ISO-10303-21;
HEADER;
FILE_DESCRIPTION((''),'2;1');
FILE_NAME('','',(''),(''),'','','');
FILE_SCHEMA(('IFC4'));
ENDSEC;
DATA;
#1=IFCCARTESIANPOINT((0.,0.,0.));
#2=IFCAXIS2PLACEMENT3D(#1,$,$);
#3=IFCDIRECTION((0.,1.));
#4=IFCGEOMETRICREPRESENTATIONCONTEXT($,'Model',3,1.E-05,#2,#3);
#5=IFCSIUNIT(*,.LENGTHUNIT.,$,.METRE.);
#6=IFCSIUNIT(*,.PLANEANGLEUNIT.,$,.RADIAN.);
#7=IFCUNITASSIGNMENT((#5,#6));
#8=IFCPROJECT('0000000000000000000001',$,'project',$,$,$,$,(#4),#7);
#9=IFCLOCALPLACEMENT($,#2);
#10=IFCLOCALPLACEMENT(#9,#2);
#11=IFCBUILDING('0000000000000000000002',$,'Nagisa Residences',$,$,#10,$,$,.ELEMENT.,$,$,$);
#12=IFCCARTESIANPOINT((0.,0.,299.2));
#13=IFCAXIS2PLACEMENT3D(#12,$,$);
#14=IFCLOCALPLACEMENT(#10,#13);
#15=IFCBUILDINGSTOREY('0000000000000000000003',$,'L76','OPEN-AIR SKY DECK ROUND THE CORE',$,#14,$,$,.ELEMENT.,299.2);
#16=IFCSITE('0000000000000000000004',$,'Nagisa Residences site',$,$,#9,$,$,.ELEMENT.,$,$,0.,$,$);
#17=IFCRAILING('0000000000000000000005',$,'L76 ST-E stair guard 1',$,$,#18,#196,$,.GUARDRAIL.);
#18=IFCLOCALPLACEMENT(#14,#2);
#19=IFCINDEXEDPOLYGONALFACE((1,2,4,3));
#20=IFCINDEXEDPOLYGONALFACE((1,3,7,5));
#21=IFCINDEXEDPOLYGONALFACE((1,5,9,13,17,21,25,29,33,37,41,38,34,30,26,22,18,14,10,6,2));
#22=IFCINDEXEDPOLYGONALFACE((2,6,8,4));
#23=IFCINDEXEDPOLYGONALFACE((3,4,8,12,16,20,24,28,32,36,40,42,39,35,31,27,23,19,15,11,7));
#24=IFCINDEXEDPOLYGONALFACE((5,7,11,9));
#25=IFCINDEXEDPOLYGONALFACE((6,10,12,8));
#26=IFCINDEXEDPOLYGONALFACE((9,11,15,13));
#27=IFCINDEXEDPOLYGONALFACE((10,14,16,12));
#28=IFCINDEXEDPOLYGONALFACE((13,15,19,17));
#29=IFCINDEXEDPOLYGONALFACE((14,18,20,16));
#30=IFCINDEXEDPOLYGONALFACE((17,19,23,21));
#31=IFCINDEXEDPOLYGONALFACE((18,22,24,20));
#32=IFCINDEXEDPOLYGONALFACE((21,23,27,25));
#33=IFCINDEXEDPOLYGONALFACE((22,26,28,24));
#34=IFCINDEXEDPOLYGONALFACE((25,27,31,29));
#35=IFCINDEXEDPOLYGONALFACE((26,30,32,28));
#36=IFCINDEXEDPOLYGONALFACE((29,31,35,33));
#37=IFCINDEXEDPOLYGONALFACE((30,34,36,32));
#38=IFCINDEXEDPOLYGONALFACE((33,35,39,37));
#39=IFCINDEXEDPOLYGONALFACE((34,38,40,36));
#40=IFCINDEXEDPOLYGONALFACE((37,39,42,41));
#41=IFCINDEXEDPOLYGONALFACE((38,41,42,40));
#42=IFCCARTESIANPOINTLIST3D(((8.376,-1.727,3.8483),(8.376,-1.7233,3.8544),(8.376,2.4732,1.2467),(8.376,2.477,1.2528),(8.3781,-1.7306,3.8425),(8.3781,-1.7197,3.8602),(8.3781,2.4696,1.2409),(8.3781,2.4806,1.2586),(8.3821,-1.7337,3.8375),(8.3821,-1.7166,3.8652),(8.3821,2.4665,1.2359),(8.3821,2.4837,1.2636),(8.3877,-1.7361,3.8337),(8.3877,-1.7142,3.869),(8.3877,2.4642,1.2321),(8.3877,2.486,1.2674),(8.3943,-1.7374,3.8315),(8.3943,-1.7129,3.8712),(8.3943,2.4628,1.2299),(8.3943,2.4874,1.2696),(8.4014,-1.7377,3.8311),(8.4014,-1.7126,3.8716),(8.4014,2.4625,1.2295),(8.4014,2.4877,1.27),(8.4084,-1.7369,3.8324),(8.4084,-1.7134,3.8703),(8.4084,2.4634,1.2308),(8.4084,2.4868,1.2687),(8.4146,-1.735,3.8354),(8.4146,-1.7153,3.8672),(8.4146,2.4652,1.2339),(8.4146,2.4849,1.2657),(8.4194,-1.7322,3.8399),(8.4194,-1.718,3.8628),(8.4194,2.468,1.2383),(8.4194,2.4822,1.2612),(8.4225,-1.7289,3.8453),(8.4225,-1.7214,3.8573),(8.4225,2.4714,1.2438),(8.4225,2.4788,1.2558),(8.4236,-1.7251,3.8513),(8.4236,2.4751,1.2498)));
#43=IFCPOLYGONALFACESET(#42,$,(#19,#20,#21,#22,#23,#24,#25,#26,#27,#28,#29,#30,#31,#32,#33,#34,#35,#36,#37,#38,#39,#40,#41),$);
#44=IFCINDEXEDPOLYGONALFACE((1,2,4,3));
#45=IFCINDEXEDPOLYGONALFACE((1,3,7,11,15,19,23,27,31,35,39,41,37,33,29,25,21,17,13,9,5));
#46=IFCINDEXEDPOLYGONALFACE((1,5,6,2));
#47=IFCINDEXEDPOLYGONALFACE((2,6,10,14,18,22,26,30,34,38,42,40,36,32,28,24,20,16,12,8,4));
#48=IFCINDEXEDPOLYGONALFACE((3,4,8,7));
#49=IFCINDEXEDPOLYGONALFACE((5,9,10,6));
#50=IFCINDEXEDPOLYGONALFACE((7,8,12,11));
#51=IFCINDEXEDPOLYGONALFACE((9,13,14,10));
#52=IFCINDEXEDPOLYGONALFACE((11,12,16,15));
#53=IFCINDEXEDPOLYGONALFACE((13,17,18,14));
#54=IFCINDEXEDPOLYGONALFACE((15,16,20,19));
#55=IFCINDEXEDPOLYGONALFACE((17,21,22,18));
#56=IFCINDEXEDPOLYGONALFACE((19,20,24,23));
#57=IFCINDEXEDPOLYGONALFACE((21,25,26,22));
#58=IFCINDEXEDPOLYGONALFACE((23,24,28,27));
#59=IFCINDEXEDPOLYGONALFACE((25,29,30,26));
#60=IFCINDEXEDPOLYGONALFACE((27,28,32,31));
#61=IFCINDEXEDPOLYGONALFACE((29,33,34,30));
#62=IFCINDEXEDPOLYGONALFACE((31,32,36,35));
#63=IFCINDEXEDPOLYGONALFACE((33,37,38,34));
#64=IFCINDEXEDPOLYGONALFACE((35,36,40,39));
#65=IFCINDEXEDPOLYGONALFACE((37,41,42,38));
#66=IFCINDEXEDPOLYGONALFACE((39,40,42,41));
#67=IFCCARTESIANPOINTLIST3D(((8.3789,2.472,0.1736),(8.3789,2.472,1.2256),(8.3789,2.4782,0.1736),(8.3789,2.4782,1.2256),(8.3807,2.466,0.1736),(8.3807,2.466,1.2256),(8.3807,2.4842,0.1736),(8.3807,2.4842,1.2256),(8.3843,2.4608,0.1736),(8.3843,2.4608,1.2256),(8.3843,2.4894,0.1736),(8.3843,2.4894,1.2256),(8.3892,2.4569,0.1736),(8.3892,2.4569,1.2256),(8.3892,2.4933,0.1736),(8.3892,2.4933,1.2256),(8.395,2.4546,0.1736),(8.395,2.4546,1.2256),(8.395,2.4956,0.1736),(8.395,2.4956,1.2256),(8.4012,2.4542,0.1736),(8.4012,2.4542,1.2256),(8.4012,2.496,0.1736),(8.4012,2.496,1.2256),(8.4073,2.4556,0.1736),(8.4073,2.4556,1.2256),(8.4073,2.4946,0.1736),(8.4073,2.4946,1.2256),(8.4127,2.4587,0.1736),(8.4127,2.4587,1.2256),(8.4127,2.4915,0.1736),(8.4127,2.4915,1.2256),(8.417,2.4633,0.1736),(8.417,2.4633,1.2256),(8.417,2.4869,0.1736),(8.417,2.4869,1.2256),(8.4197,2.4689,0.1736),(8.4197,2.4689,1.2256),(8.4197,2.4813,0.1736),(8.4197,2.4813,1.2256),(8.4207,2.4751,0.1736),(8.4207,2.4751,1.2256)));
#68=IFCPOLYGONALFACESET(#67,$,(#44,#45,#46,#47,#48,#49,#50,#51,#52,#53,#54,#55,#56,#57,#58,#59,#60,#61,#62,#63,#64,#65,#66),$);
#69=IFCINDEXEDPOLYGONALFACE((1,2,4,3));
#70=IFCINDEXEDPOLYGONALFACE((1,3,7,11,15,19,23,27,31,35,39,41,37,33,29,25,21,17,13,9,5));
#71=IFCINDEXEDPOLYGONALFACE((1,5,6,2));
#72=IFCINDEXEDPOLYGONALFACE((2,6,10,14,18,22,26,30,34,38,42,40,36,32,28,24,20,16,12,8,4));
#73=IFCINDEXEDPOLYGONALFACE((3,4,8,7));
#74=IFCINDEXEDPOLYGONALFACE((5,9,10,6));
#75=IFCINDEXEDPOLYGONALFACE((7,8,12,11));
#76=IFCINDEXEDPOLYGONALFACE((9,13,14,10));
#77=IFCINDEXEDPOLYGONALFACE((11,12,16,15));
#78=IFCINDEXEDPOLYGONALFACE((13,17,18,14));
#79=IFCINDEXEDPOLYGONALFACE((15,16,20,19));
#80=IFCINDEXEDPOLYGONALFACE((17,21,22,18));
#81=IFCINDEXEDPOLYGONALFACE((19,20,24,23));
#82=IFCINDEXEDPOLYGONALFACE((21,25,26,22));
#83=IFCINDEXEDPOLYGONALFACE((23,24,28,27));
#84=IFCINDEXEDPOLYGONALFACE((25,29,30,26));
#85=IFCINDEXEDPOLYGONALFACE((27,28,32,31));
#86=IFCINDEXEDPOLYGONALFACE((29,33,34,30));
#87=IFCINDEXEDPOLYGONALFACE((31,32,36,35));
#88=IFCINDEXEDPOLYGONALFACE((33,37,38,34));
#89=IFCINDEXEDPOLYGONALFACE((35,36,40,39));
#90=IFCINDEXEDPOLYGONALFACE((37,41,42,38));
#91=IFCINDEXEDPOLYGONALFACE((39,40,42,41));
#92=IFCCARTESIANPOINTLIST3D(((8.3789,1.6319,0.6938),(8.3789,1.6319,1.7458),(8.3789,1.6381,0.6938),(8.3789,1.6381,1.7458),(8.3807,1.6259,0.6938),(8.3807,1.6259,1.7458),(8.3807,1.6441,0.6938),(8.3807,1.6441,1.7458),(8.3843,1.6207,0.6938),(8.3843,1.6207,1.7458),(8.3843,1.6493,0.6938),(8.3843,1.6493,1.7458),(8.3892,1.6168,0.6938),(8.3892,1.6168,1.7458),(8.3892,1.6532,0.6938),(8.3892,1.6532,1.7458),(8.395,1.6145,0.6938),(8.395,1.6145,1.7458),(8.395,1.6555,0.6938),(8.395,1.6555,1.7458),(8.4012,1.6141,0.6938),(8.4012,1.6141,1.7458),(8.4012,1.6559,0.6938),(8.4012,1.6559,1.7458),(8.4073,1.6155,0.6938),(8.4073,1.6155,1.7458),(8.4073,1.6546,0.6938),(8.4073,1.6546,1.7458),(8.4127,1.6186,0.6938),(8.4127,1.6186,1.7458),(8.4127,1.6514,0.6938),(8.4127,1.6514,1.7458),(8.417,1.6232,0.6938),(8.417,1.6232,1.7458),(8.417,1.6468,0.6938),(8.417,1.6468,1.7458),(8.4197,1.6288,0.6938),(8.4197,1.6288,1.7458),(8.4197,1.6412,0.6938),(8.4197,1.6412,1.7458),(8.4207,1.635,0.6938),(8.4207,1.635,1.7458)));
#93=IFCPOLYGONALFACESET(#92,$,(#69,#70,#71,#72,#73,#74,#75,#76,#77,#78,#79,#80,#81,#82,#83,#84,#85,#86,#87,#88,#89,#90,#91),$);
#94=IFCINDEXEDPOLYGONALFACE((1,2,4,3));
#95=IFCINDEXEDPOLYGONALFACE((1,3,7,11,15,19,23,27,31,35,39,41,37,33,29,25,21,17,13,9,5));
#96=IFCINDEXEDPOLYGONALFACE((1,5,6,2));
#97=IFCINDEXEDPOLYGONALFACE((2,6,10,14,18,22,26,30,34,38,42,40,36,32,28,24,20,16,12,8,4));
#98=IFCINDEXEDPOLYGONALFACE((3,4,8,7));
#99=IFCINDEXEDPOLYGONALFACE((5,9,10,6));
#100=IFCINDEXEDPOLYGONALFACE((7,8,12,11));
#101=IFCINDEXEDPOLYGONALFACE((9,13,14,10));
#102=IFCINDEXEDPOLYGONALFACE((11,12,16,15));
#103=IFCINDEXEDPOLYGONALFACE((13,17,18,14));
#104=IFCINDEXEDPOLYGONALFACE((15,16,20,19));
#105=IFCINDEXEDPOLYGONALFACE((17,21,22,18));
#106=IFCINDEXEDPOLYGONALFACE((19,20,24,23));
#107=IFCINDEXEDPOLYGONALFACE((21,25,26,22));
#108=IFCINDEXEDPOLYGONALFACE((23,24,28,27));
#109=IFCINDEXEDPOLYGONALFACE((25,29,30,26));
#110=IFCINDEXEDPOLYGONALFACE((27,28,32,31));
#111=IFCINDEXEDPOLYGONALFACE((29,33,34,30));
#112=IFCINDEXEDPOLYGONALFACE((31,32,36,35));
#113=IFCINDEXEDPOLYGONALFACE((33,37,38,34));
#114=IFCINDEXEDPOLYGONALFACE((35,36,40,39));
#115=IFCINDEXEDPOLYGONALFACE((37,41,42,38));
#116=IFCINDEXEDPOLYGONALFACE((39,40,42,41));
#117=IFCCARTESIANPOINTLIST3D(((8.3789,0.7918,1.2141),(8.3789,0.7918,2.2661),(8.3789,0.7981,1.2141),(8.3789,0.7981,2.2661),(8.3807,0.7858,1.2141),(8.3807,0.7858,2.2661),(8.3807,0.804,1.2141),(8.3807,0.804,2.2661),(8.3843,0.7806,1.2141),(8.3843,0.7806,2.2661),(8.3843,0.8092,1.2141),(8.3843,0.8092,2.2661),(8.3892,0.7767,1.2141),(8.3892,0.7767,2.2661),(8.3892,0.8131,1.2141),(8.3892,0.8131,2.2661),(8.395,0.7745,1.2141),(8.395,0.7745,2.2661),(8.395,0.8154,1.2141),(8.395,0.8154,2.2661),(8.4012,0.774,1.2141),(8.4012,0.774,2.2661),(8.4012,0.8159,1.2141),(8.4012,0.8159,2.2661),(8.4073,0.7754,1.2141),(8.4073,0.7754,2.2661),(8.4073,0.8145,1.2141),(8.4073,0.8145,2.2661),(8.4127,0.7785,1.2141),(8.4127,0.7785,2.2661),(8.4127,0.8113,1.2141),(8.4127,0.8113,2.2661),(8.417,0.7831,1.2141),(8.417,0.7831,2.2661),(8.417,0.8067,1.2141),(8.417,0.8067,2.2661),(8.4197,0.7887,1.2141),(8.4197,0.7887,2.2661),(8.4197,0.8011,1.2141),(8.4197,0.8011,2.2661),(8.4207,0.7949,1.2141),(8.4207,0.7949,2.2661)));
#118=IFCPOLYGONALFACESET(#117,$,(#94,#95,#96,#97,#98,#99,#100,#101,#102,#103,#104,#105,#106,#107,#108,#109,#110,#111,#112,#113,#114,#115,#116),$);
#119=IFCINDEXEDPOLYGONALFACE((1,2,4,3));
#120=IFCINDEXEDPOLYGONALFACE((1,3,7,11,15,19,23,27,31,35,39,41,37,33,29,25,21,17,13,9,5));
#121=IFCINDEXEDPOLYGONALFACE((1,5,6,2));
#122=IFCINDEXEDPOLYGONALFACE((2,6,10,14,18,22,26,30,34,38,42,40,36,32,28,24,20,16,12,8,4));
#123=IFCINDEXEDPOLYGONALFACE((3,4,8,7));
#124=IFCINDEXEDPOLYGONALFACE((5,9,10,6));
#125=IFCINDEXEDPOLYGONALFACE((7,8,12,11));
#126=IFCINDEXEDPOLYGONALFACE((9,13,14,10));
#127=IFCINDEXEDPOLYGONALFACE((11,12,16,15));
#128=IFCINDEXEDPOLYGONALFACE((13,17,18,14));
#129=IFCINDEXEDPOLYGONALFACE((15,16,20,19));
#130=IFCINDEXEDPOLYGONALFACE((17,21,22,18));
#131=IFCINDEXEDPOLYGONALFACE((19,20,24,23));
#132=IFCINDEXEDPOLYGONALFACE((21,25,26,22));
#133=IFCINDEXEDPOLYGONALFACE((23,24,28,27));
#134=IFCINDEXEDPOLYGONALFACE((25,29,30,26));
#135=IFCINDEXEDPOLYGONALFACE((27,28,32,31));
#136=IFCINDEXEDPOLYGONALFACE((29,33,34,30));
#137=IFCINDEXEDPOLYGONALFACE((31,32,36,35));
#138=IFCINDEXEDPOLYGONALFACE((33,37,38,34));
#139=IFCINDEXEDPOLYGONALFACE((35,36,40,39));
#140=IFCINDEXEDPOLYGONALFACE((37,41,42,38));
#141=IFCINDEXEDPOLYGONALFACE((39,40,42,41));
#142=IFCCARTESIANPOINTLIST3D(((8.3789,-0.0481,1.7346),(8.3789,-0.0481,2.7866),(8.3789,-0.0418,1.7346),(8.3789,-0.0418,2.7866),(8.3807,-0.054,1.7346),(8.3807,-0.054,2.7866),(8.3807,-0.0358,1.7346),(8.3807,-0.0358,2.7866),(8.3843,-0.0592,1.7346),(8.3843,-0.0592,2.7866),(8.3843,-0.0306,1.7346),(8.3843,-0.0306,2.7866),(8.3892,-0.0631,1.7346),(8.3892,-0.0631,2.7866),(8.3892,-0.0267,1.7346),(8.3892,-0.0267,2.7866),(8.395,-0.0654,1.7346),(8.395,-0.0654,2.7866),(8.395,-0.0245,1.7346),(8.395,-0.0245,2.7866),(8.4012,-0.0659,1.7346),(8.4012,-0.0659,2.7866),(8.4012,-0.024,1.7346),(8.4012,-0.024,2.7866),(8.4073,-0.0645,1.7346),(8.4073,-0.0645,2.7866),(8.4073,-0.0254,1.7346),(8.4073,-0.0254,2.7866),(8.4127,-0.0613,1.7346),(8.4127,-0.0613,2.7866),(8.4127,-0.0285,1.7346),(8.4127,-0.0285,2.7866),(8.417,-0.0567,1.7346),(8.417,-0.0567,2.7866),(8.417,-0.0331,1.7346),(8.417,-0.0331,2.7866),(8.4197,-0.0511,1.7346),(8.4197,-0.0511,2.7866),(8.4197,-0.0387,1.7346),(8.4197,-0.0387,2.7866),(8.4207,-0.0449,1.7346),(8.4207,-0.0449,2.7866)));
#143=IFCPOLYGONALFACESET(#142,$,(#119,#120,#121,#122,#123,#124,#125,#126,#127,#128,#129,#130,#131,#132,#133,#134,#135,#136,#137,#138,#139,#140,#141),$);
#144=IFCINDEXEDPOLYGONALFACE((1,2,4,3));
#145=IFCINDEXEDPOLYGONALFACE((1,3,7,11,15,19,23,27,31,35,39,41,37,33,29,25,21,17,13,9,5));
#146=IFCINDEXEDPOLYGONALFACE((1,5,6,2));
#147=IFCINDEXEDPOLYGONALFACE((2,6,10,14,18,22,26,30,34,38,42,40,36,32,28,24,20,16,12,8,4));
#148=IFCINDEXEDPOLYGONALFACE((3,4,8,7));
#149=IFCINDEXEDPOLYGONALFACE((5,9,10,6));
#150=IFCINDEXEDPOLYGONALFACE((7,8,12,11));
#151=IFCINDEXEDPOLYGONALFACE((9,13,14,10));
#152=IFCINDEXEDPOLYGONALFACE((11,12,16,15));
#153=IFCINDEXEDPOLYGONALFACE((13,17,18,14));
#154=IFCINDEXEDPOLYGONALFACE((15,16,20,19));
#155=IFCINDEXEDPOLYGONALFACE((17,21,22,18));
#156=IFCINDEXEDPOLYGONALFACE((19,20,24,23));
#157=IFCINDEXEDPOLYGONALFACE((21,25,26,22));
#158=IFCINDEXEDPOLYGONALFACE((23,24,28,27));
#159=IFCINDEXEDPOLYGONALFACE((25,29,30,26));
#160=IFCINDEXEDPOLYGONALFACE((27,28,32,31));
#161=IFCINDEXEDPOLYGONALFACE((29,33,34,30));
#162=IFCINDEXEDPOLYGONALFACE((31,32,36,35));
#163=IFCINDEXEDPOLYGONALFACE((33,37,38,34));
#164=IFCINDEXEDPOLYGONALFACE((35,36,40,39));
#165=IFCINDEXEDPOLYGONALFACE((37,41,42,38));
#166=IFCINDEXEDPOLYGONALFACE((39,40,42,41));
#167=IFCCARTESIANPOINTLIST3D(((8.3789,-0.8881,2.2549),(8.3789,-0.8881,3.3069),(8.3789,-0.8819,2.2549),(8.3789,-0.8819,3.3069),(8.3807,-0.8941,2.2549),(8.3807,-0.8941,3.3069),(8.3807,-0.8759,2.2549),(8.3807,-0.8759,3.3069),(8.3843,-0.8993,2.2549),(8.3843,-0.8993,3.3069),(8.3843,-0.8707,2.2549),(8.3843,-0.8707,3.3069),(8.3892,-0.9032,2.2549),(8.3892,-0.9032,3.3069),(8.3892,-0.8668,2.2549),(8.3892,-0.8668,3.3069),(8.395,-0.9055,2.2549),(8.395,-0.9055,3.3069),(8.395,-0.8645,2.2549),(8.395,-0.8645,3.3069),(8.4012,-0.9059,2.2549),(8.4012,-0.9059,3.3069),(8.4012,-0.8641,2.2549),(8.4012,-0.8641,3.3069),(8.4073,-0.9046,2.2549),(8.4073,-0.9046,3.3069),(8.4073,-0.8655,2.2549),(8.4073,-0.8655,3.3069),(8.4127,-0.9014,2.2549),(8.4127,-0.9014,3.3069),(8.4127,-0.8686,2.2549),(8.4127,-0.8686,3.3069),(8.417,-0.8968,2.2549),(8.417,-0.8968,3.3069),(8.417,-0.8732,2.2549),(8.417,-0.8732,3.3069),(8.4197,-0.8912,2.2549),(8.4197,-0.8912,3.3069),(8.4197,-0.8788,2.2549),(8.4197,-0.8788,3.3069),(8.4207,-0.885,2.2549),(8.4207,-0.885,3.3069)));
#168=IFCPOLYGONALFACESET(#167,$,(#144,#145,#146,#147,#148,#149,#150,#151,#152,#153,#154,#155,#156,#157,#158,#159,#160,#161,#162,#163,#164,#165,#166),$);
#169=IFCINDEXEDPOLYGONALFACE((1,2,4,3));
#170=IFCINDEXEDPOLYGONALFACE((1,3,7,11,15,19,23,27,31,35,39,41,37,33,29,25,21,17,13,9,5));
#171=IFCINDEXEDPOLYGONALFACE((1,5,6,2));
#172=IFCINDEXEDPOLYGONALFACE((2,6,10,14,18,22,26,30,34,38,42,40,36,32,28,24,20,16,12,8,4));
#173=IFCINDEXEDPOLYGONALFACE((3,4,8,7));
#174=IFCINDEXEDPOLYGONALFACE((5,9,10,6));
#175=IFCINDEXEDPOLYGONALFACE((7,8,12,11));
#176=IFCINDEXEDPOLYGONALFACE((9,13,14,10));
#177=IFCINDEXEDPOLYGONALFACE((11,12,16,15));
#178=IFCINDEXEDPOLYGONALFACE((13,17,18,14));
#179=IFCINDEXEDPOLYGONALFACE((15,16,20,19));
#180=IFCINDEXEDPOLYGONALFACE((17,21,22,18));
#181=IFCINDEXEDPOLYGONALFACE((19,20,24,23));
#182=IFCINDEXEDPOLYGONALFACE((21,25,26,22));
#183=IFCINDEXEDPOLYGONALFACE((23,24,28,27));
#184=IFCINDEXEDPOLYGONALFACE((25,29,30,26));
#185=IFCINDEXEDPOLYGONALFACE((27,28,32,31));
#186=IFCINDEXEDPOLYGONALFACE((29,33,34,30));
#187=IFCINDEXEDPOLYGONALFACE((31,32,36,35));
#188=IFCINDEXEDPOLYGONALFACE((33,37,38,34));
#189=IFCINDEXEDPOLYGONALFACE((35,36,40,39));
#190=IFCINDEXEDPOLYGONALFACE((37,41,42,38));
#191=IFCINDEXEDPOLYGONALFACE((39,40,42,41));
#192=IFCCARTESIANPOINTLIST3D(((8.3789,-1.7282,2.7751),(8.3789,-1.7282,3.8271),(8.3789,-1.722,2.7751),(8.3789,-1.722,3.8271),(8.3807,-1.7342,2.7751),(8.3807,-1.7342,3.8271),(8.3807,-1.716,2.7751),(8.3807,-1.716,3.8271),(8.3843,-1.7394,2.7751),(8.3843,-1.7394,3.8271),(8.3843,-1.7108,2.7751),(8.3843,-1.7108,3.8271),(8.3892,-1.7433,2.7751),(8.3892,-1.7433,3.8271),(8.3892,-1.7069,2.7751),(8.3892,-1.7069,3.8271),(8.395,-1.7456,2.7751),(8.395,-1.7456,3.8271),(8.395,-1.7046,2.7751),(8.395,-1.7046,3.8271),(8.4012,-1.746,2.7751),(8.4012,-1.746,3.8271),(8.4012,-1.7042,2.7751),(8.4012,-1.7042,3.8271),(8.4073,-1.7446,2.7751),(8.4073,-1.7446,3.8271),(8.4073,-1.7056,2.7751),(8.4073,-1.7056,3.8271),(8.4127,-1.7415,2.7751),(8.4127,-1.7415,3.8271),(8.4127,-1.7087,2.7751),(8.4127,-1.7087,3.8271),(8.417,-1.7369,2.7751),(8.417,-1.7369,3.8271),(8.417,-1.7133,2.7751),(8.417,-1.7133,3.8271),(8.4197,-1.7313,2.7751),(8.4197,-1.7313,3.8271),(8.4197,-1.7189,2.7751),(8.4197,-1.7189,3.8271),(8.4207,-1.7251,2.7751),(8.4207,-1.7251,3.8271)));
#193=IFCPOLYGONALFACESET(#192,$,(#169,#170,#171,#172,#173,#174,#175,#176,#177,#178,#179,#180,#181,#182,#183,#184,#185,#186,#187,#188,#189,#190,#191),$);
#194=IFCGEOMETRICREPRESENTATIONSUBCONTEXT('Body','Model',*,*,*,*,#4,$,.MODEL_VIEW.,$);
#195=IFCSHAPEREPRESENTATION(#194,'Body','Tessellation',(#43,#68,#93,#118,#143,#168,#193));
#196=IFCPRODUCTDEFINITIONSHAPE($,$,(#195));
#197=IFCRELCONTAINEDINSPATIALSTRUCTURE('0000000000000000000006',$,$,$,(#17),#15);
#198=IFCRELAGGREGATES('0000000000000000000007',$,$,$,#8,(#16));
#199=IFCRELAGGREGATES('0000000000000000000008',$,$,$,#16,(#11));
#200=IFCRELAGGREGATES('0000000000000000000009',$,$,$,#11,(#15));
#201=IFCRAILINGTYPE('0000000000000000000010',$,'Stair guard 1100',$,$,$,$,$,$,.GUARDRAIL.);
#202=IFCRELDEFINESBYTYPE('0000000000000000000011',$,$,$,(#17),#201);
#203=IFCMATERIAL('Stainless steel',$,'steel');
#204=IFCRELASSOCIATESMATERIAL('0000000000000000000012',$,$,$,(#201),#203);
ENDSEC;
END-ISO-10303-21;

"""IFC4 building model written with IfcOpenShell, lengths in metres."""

from ifc_helpers import new_model, si_unit, direction, frame, origin, origin_2d, place, context, subcontext, project, spatial, circle, extrude, material, type_object, element, save


model = new_model("IFC4")

# Units and contexts
model_context = context("Model", 3, precision=1e-05, world=origin(), true_north=direction((0.0, 1.0)))
body_context = subcontext(model_context, "Body", "Model", "MODEL_VIEW")
ifc_project = project(units=[si_unit("LENGTHUNIT", "METRE"), si_unit("PLANEANGLEUNIT", "RADIAN")], contexts=[model_context])

# Site, building, storey
site_placement = place(None, origin())
site = spatial("IfcSite", under=ifc_project, at=site_placement, Name="Nagisa Residences site", CompositionType="ELEMENT", RefElevation=0.0)
building_placement = place(site_placement, origin())
building = spatial("IfcBuilding", under=site, at=building_placement, Name="Nagisa Residences", CompositionType="ELEMENT")
storey_placement = place(building_placement, frame((0.0, 0.0, 299.2)))
storey = spatial("IfcBuildingStorey", under=building, at=storey_placement, Name="L76", Description="OPEN-AIR SKY DECK ROUND THE CORE", CompositionType="ELEMENT", Elevation=299.2)

# Railing
ifc_material_1 = material(Name="Stainless steel", Category="steel")
railing_type_1 = type_object("IfcRailingType", Name="Stair guard 1100", PredefinedType="GUARDRAIL", material=ifc_material_1)
railing_1_placement = place(storey_placement, frame((8.3997, 2.4751, 0.1736)))
element("IfcRailing", 1, at=railing_1_placement, inside=storey, type_object=railing_type_1, Name="L76 ST-E stair guard 1", PredefinedType="GUARDRAIL", context=body_context, shape_type="SweptSolid", body=[
    extrude(circle(Radius=0.0239, at=origin_2d()), frame((0.0, 0.0, 1.0762), z_axis=(0.0, -0.850135, 0.526566), x_axis=(1.0, 0.0, 0.0)), (0.0, 0.0, 1.0), 4.9407),
    extrude(circle(Radius=0.021, at=origin_2d()), origin(), (0.0, 0.0, 1.0), 1.052),
    extrude(circle(Radius=0.021, at=origin_2d()), frame((0.0, -0.8401, 0.5203)), (0.0, 0.0, 1.0), 1.052),
    extrude(circle(Radius=0.021, at=origin_2d()), frame((0.0, -1.6802, 1.0405)), (0.0, 0.0, 1.0), 1.052),
    extrude(circle(Radius=0.021, at=origin_2d()), frame((0.0, -2.52, 1.561)), (0.0, 0.0, 1.0), 1.052),
    extrude(circle(Radius=0.021, at=origin_2d()), frame((0.0, -3.3601, 2.0813)), (0.0, 0.0, 1.0), 1.052),
    extrude(circle(Radius=0.021, at=origin_2d()), frame((0.0, -4.2002, 2.6016)), (0.0, 0.0, 1.0), 1.052),
])

save(model, "model.ifc")
